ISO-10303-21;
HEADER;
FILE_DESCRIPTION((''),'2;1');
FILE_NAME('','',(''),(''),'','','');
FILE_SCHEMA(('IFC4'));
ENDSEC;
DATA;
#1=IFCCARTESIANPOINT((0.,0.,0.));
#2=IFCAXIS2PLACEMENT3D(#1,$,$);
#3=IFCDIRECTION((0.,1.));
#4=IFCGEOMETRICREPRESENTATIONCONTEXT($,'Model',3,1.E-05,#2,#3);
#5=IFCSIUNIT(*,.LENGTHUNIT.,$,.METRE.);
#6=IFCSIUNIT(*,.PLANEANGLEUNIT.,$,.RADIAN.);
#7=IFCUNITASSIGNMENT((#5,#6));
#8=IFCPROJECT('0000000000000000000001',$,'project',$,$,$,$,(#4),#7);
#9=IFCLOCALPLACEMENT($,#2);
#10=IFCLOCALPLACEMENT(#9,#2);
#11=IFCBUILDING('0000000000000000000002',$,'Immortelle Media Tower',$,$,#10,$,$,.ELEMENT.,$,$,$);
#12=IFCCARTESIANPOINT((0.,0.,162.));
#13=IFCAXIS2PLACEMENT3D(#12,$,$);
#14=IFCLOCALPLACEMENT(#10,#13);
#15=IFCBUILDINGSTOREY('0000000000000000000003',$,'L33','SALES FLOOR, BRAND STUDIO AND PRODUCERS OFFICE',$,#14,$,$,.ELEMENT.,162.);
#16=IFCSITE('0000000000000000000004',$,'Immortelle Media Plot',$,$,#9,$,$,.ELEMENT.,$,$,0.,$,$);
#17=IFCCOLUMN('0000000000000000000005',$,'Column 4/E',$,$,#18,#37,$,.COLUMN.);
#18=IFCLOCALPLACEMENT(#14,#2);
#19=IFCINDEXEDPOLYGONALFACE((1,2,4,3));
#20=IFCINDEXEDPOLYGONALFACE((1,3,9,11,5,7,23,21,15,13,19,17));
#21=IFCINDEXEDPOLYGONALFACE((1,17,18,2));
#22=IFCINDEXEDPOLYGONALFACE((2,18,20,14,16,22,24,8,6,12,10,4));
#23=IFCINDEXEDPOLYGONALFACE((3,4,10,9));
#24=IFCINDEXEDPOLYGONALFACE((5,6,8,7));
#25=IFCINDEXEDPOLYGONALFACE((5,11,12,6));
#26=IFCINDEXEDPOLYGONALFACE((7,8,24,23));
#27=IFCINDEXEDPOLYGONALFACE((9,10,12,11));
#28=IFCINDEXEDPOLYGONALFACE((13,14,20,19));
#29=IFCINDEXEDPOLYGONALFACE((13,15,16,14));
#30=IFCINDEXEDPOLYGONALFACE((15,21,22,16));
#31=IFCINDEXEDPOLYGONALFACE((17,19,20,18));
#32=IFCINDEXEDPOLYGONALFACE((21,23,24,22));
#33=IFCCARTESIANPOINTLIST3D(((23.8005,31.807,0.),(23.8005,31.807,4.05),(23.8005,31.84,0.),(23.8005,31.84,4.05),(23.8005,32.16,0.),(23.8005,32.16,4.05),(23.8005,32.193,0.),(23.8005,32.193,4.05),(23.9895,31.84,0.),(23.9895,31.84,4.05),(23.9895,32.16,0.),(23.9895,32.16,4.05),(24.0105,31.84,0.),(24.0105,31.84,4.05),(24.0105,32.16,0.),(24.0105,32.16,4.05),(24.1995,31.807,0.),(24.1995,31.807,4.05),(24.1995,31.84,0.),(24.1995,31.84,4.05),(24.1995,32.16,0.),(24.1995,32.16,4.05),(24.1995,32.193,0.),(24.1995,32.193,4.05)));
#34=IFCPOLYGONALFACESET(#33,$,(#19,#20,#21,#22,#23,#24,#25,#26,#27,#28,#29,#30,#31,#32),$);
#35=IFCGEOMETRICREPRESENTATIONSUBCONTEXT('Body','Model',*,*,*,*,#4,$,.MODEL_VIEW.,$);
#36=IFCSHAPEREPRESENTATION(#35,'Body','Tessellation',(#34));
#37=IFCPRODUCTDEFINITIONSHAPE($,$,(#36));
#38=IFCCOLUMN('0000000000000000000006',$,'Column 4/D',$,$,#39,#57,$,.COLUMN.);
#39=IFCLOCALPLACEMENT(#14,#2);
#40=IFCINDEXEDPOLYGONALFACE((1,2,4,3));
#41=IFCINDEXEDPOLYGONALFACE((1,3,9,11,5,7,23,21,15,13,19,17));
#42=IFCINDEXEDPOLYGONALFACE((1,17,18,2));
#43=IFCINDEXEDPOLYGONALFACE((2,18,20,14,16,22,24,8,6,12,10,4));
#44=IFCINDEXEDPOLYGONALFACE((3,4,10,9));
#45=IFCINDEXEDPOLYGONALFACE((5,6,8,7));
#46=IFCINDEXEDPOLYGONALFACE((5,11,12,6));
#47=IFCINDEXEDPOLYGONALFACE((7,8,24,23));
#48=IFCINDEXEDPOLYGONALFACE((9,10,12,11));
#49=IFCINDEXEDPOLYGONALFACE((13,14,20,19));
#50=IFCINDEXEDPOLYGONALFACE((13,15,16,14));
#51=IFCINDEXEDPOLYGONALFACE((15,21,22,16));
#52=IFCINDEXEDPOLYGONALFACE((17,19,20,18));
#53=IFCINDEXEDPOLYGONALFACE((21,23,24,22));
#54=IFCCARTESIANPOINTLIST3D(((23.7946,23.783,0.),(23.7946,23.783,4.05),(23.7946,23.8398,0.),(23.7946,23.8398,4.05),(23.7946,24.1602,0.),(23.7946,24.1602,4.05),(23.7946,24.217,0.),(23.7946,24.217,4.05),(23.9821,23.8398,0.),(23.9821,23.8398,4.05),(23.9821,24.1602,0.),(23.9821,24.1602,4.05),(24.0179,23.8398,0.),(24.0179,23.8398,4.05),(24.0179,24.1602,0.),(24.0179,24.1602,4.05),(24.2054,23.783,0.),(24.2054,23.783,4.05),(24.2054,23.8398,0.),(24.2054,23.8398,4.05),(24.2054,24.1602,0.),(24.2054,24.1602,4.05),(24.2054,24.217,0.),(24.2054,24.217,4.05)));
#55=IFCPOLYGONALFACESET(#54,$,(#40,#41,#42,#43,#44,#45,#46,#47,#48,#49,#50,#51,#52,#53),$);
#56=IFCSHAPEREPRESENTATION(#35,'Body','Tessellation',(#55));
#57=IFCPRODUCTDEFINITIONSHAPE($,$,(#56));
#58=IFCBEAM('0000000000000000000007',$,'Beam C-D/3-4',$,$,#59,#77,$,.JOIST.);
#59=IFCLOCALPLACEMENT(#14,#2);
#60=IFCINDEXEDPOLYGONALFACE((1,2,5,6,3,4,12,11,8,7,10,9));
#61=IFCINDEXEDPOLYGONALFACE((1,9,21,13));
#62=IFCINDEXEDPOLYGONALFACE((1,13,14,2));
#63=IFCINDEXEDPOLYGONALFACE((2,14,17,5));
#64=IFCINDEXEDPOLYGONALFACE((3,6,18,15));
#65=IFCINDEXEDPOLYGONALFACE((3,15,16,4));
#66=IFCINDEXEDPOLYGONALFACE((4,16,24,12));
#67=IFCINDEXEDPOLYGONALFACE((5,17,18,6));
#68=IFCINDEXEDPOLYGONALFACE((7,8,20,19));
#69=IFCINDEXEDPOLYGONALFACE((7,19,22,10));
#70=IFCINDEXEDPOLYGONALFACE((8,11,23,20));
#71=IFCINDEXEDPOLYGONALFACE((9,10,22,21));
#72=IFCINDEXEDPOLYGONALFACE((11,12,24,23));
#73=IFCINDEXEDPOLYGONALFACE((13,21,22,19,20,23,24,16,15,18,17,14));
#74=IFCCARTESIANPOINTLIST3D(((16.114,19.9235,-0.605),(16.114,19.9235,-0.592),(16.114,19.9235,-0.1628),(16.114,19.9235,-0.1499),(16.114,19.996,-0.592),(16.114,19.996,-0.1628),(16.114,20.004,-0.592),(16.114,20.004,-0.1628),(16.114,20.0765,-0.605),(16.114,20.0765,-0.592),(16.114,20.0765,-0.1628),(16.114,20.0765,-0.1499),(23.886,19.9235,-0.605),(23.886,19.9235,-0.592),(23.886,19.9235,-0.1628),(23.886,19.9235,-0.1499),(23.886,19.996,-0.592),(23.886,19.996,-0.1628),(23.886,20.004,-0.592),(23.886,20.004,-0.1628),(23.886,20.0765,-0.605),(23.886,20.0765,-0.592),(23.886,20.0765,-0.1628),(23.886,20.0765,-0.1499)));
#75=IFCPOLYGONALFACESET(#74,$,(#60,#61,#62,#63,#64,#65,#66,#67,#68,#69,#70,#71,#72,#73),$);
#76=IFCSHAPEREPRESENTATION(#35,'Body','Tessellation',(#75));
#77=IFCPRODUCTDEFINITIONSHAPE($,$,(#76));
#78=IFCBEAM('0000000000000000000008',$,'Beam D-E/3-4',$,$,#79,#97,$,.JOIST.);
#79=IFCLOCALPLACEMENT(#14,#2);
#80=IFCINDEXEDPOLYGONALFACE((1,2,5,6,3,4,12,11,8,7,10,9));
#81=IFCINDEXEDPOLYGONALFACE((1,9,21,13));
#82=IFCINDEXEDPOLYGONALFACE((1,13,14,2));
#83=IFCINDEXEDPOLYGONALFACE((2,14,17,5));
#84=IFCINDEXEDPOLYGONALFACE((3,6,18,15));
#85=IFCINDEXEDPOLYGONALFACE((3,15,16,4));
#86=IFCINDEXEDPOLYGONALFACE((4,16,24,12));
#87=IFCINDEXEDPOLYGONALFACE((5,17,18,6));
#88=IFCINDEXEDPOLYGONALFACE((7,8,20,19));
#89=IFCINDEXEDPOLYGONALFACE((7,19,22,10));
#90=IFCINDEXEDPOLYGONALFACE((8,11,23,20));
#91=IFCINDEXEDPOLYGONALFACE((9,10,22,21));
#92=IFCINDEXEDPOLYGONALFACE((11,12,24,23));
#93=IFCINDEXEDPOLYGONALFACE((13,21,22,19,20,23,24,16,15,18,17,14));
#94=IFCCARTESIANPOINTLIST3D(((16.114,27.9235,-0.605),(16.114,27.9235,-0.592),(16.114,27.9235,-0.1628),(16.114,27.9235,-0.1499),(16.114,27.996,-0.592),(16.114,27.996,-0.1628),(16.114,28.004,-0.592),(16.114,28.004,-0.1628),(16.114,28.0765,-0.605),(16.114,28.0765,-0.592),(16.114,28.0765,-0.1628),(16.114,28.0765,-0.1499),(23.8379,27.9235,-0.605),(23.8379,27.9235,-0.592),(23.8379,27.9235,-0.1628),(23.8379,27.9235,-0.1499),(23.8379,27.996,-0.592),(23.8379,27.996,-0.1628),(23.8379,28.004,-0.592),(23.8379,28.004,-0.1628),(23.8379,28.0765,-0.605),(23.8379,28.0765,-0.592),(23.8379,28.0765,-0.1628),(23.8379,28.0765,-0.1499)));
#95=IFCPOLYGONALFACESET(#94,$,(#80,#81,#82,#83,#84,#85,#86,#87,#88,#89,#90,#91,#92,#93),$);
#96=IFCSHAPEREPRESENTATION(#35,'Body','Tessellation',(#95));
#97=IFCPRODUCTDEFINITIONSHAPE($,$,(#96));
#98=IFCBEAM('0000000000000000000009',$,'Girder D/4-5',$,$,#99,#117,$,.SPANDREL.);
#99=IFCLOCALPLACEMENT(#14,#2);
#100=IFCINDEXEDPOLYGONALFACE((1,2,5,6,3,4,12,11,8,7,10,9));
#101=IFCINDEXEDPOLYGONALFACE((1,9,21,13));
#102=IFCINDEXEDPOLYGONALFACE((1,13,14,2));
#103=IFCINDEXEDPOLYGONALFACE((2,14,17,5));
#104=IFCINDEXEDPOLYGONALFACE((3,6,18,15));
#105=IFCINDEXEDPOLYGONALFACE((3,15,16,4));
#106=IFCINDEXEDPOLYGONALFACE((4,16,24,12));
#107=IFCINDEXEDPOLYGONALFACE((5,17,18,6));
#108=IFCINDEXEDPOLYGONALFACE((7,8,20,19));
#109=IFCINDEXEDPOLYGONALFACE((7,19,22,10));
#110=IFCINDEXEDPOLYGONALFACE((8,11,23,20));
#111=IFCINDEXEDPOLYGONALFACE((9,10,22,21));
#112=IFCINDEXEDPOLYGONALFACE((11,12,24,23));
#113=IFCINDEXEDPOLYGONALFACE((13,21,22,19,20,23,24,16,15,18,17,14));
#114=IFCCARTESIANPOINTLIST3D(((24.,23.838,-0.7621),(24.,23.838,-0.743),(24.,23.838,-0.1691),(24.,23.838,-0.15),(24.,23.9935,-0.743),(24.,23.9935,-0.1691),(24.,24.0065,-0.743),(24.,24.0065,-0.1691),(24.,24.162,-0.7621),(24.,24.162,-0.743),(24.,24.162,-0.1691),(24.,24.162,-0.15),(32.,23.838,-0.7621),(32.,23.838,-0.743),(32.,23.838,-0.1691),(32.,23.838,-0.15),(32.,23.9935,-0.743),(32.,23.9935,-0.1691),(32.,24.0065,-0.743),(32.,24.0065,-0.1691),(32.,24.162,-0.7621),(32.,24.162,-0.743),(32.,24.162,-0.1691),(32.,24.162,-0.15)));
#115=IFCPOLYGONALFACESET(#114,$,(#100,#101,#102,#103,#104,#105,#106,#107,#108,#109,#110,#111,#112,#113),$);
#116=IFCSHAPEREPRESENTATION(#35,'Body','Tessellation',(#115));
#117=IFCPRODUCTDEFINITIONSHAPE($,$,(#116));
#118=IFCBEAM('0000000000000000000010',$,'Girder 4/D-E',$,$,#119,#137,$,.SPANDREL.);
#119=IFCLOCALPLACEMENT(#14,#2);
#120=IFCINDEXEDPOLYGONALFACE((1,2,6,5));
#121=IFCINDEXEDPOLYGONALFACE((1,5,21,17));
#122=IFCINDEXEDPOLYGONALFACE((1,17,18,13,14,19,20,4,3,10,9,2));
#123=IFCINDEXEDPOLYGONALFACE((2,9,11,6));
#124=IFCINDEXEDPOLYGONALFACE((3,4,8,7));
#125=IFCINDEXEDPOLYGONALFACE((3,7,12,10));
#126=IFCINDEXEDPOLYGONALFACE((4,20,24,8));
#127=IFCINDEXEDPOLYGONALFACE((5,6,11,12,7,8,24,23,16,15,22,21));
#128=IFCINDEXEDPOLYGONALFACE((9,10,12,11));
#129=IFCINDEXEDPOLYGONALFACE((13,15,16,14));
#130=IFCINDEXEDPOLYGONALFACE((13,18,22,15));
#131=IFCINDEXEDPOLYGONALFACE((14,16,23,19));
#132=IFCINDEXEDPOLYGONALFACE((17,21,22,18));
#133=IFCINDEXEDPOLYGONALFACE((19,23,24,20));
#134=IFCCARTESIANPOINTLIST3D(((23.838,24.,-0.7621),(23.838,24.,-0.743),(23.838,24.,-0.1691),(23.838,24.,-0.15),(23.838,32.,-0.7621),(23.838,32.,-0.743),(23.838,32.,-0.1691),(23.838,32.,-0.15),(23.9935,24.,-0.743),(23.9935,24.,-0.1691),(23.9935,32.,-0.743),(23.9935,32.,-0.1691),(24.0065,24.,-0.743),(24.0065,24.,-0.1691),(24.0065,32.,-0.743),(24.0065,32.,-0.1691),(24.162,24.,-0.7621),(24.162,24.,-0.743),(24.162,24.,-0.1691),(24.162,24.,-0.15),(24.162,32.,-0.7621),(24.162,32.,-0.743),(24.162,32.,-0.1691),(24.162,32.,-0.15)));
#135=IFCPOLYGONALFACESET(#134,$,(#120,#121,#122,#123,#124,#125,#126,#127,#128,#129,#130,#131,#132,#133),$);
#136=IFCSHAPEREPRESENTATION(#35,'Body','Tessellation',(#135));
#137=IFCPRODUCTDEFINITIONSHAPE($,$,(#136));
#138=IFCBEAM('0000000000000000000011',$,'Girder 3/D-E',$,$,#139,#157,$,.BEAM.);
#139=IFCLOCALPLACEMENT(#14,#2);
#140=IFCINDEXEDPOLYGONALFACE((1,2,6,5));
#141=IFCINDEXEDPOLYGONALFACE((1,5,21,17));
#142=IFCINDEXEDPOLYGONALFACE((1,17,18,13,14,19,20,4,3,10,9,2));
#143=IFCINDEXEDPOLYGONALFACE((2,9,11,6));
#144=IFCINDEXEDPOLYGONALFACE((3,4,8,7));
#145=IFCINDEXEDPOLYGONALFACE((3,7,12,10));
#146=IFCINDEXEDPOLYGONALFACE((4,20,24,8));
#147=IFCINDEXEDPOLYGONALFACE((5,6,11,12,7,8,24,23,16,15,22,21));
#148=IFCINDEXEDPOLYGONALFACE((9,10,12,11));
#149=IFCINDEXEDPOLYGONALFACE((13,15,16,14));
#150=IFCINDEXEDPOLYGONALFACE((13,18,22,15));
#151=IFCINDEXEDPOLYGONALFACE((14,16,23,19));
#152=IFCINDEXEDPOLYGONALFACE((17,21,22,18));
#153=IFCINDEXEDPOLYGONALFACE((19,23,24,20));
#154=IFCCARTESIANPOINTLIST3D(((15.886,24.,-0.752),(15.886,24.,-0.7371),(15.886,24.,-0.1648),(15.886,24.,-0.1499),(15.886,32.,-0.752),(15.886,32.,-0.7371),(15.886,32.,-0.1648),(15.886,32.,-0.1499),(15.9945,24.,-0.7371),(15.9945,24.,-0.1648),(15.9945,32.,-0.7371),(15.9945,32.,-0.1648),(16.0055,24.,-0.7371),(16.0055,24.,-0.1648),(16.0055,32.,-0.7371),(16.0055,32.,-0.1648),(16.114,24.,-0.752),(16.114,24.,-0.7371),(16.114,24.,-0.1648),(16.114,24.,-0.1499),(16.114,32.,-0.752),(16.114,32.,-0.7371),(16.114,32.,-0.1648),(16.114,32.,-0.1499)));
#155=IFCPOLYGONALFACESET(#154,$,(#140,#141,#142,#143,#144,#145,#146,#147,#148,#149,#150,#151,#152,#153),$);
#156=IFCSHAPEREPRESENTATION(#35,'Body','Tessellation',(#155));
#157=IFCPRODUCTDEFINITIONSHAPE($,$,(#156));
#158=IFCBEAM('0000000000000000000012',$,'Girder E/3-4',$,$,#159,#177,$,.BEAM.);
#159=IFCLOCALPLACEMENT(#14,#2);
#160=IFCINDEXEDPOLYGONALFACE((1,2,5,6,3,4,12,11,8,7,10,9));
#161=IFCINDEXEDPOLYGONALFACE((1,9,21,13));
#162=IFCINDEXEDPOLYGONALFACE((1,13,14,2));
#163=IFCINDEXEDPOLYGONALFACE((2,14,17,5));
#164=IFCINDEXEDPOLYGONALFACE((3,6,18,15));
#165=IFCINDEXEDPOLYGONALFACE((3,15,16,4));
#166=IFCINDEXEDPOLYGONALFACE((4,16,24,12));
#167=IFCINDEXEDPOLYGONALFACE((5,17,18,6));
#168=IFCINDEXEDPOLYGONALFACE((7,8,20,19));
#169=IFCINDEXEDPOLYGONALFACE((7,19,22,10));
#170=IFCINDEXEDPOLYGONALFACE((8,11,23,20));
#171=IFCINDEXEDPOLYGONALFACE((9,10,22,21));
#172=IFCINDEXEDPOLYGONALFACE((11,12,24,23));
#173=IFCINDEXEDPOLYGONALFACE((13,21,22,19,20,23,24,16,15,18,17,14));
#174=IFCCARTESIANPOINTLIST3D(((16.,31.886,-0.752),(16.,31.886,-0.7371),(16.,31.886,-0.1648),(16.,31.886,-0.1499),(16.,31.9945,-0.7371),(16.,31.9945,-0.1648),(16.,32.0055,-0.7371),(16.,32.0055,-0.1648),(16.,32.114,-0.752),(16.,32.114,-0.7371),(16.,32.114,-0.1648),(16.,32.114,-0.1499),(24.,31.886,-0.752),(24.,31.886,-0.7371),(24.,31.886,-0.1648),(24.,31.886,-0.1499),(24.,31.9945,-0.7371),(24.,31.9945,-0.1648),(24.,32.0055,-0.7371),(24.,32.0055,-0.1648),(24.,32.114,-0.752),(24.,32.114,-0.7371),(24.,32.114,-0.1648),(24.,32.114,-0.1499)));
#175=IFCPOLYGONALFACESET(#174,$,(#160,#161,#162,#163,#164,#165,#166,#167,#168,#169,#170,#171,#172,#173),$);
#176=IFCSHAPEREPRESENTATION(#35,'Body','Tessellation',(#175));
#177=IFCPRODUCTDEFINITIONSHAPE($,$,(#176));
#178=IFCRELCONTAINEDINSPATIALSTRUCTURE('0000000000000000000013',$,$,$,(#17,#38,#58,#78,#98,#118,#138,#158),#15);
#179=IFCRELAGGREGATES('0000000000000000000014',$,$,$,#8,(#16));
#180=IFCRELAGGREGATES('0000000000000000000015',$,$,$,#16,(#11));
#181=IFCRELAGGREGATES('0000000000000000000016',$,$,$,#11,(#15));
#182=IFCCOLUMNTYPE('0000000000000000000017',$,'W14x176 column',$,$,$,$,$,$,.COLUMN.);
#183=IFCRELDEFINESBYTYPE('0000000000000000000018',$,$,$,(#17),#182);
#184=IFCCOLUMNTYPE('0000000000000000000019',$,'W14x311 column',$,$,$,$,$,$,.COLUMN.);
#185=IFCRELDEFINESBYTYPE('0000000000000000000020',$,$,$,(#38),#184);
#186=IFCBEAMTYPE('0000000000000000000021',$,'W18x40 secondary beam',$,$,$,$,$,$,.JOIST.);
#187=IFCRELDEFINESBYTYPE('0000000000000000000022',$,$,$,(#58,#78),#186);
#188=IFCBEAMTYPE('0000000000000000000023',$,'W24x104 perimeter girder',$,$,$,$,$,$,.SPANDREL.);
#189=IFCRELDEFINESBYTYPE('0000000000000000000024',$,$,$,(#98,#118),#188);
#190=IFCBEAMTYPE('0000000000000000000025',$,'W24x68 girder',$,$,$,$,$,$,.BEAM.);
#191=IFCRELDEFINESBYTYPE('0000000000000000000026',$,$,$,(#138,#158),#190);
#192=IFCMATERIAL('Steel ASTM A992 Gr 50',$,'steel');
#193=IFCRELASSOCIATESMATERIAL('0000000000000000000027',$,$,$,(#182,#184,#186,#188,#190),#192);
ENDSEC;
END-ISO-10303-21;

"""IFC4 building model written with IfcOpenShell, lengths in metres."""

from ifc_helpers import new_model, si_unit, direction, frame, origin, origin_2d, place, context, subcontext, project, spatial, i_section, extrude, material, material_profile, profile_set, type_object, element, save


model = new_model("IFC4")

# Units and contexts
model_context = context("Model", 3, precision=1e-05, world=origin(), true_north=direction((0.0, 1.0)))
body_context = subcontext(model_context, "Body", "Model", "MODEL_VIEW")
ifc_project = project(units=[si_unit("LENGTHUNIT", "METRE"), si_unit("PLANEANGLEUNIT", "RADIAN")], contexts=[model_context])

# Site, building, storey
site_placement = place(None, origin())
site = spatial("IfcSite", under=ifc_project, at=site_placement, Name="Immortelle Media Plot", CompositionType="ELEMENT", RefElevation=0.0)
building_placement = place(site_placement, origin())
building = spatial("IfcBuilding", under=site, at=building_placement, Name="Immortelle Media Tower", CompositionType="ELEMENT")
storey_placement = place(building_placement, frame((0.0, 0.0, 162.0)))
storey = spatial("IfcBuildingStorey", under=building, at=storey_placement, Name="L33", Description="SALES FLOOR, BRAND STUDIO AND PRODUCERS OFFICE", CompositionType="ELEMENT", Elevation=162.0)

# Columns
ifc_material_1 = material(Name="Steel ASTM A992 Gr 50", Category="steel")
ifc_material_profile_1 = material_profile(ifc_material_1, i_section(OverallWidth=0.3989, OverallDepth=0.386, WebThickness=0.021, FlangeThickness=0.033, at=origin_2d()), Name="W14x176")
ifc_profile_set_1 = profile_set([ifc_material_profile_1], Name="Steel ASTM A992 Gr 50")
column_type_1 = type_object("IfcColumnType", Name="W14x176 column", PredefinedType="COLUMN", material=ifc_profile_set_1)
column_1_placement = place(storey_placement, frame((24.0, 32.0, 0.0), z_axis=(0.0, 0.0, 1.0), x_axis=(1.0, 0.0, 0.0)))
element("IfcColumn", 1, at=column_1_placement, inside=storey, type_object=column_type_1, Name="Column 4/E", PredefinedType="COLUMN", context=body_context, shape_type="SweptSolid", body=[
    extrude(i_section(OverallWidth=0.3989, OverallDepth=0.386, WebThickness=0.021, FlangeThickness=0.033, at=origin_2d()), origin(), (0.0, 0.0, 1.0), 4.05),
])
ifc_material_profile_2 = material_profile(ifc_material_1, i_section(OverallWidth=0.4109, OverallDepth=0.4341, WebThickness=0.0359, FlangeThickness=0.0569, at=origin_2d()), Name="W14x311")
ifc_profile_set_2 = profile_set([ifc_material_profile_2], Name="Steel ASTM A992 Gr 50")
column_type_2 = type_object("IfcColumnType", Name="W14x311 column", PredefinedType="COLUMN", material=ifc_profile_set_2)
column_2_placement = place(storey_placement, frame((24.0, 24.0, 0.0), z_axis=(0.0, 0.0, 1.0), x_axis=(1.0, 0.0, 0.0)))
element("IfcColumn", 2, at=column_2_placement, inside=storey, type_object=column_type_2, Name="Column 4/D", PredefinedType="COLUMN", context=body_context, shape_type="SweptSolid", body=[
    extrude(i_section(OverallWidth=0.4109, OverallDepth=0.4341, WebThickness=0.0359, FlangeThickness=0.0569, at=origin_2d()), origin(), (0.0, 0.0, 1.0), 4.05),
])

# Beams
ifc_material_profile_3 = material_profile(ifc_material_1, i_section(OverallWidth=0.1531, OverallDepth=0.4551, WebThickness=0.0081, FlangeThickness=0.0129, at=origin_2d()), Name="W18x40")
ifc_profile_set_3 = profile_set([ifc_material_profile_3], Name="Steel ASTM A992 Gr 50")
beam_type_1 = type_object("IfcBeamType", Name="W18x40 secondary beam", PredefinedType="JOIST", material=ifc_profile_set_3)
beam_1_placement = place(storey_placement, frame((16.114, 20.0, -0.3774), z_axis=(1.0, 0.0, 0.0), x_axis=(0.0, 1.0, 0.0)))
element("IfcBeam", 3, at=beam_1_placement, inside=storey, type_object=beam_type_1, Name="Beam C-D/3-4", PredefinedType="JOIST", context=body_context, shape_type="SweptSolid", body=[
    extrude(i_section(OverallWidth=0.1531, OverallDepth=0.4551, WebThickness=0.0081, FlangeThickness=0.0129, at=origin_2d()), origin(), (0.0, 0.0, 1.0), 7.772),
])
beam_2_placement = place(storey_placement, frame((16.114, 28.0, -0.3774), z_axis=(1.0, 0.0, 0.0), x_axis=(0.0, 1.0, 0.0)))
element("IfcBeam", 4, at=beam_2_placement, inside=storey, type_object=beam_type_1, Name="Beam D-E/3-4", PredefinedType="JOIST", context=body_context, shape_type="SweptSolid", body=[
    extrude(i_section(OverallWidth=0.1531, OverallDepth=0.4551, WebThickness=0.0081, FlangeThickness=0.0129, at=origin_2d()), origin(), (0.0, 0.0, 1.0), 7.7239),
])
ifc_material_profile_4 = material_profile(ifc_material_1, i_section(OverallWidth=0.324, OverallDepth=0.6121, WebThickness=0.0129, FlangeThickness=0.019, at=origin_2d()), Name="W24x104")
ifc_profile_set_4 = profile_set([ifc_material_profile_4], Name="Steel ASTM A992 Gr 50")
beam_type_2 = type_object("IfcBeamType", Name="W24x104 perimeter girder", PredefinedType="SPANDREL", material=ifc_profile_set_4)
for number, where, z_axis, x_axis, name in (
    (5, (24.0, 24.0, -0.4561), (1.0, 0.0, 0.0), (0.0, 1.0, 0.0), "Girder D/4-5"),
    (6, (24.0, 24.0, -0.4561), (0.0, 1.0, 0.0), (-1.0, 0.0, 0.0), "Girder 4/D-E"),
):
    element("IfcBeam", number, at=place(storey_placement, frame(where, z_axis=z_axis, x_axis=x_axis)), inside=storey, type_object=beam_type_2, Name=name, PredefinedType="SPANDREL", context=body_context, shape_type="SweptSolid", body=[
        extrude(i_section(OverallWidth=0.324, OverallDepth=0.6121, WebThickness=0.0129, FlangeThickness=0.019, at=origin_2d()), origin(), (0.0, 0.0, 1.0), 8.0),
    ])
ifc_material_profile_5 = material_profile(ifc_material_1, i_section(OverallWidth=0.228, OverallDepth=0.6021, WebThickness=0.011, FlangeThickness=0.0149, at=origin_2d()), Name="W24x68")
ifc_profile_set_5 = profile_set([ifc_material_profile_5], Name="Steel ASTM A992 Gr 50")
beam_type_3 = type_object("IfcBeamType", Name="W24x68 girder", PredefinedType="BEAM", material=ifc_profile_set_5)
for number, where, z_axis, x_axis, name in (
    (7, (16.0, 24.0, -0.4509), (0.0, 1.0, 0.0), (-1.0, 0.0, 0.0), "Girder 3/D-E"),
    (8, (16.0, 32.0, -0.4509), (1.0, 0.0, 0.0), (0.0, 1.0, 0.0), "Girder E/3-4"),
):
    element("IfcBeam", number, at=place(storey_placement, frame(where, z_axis=z_axis, x_axis=x_axis)), inside=storey, type_object=beam_type_3, Name=name, PredefinedType="BEAM", context=body_context, shape_type="SweptSolid", body=[
        extrude(i_section(OverallWidth=0.228, OverallDepth=0.6021, WebThickness=0.011, FlangeThickness=0.0149, at=origin_2d()), origin(), (0.0, 0.0, 1.0), 8.0),
    ])

save(model, "model.ifc")
